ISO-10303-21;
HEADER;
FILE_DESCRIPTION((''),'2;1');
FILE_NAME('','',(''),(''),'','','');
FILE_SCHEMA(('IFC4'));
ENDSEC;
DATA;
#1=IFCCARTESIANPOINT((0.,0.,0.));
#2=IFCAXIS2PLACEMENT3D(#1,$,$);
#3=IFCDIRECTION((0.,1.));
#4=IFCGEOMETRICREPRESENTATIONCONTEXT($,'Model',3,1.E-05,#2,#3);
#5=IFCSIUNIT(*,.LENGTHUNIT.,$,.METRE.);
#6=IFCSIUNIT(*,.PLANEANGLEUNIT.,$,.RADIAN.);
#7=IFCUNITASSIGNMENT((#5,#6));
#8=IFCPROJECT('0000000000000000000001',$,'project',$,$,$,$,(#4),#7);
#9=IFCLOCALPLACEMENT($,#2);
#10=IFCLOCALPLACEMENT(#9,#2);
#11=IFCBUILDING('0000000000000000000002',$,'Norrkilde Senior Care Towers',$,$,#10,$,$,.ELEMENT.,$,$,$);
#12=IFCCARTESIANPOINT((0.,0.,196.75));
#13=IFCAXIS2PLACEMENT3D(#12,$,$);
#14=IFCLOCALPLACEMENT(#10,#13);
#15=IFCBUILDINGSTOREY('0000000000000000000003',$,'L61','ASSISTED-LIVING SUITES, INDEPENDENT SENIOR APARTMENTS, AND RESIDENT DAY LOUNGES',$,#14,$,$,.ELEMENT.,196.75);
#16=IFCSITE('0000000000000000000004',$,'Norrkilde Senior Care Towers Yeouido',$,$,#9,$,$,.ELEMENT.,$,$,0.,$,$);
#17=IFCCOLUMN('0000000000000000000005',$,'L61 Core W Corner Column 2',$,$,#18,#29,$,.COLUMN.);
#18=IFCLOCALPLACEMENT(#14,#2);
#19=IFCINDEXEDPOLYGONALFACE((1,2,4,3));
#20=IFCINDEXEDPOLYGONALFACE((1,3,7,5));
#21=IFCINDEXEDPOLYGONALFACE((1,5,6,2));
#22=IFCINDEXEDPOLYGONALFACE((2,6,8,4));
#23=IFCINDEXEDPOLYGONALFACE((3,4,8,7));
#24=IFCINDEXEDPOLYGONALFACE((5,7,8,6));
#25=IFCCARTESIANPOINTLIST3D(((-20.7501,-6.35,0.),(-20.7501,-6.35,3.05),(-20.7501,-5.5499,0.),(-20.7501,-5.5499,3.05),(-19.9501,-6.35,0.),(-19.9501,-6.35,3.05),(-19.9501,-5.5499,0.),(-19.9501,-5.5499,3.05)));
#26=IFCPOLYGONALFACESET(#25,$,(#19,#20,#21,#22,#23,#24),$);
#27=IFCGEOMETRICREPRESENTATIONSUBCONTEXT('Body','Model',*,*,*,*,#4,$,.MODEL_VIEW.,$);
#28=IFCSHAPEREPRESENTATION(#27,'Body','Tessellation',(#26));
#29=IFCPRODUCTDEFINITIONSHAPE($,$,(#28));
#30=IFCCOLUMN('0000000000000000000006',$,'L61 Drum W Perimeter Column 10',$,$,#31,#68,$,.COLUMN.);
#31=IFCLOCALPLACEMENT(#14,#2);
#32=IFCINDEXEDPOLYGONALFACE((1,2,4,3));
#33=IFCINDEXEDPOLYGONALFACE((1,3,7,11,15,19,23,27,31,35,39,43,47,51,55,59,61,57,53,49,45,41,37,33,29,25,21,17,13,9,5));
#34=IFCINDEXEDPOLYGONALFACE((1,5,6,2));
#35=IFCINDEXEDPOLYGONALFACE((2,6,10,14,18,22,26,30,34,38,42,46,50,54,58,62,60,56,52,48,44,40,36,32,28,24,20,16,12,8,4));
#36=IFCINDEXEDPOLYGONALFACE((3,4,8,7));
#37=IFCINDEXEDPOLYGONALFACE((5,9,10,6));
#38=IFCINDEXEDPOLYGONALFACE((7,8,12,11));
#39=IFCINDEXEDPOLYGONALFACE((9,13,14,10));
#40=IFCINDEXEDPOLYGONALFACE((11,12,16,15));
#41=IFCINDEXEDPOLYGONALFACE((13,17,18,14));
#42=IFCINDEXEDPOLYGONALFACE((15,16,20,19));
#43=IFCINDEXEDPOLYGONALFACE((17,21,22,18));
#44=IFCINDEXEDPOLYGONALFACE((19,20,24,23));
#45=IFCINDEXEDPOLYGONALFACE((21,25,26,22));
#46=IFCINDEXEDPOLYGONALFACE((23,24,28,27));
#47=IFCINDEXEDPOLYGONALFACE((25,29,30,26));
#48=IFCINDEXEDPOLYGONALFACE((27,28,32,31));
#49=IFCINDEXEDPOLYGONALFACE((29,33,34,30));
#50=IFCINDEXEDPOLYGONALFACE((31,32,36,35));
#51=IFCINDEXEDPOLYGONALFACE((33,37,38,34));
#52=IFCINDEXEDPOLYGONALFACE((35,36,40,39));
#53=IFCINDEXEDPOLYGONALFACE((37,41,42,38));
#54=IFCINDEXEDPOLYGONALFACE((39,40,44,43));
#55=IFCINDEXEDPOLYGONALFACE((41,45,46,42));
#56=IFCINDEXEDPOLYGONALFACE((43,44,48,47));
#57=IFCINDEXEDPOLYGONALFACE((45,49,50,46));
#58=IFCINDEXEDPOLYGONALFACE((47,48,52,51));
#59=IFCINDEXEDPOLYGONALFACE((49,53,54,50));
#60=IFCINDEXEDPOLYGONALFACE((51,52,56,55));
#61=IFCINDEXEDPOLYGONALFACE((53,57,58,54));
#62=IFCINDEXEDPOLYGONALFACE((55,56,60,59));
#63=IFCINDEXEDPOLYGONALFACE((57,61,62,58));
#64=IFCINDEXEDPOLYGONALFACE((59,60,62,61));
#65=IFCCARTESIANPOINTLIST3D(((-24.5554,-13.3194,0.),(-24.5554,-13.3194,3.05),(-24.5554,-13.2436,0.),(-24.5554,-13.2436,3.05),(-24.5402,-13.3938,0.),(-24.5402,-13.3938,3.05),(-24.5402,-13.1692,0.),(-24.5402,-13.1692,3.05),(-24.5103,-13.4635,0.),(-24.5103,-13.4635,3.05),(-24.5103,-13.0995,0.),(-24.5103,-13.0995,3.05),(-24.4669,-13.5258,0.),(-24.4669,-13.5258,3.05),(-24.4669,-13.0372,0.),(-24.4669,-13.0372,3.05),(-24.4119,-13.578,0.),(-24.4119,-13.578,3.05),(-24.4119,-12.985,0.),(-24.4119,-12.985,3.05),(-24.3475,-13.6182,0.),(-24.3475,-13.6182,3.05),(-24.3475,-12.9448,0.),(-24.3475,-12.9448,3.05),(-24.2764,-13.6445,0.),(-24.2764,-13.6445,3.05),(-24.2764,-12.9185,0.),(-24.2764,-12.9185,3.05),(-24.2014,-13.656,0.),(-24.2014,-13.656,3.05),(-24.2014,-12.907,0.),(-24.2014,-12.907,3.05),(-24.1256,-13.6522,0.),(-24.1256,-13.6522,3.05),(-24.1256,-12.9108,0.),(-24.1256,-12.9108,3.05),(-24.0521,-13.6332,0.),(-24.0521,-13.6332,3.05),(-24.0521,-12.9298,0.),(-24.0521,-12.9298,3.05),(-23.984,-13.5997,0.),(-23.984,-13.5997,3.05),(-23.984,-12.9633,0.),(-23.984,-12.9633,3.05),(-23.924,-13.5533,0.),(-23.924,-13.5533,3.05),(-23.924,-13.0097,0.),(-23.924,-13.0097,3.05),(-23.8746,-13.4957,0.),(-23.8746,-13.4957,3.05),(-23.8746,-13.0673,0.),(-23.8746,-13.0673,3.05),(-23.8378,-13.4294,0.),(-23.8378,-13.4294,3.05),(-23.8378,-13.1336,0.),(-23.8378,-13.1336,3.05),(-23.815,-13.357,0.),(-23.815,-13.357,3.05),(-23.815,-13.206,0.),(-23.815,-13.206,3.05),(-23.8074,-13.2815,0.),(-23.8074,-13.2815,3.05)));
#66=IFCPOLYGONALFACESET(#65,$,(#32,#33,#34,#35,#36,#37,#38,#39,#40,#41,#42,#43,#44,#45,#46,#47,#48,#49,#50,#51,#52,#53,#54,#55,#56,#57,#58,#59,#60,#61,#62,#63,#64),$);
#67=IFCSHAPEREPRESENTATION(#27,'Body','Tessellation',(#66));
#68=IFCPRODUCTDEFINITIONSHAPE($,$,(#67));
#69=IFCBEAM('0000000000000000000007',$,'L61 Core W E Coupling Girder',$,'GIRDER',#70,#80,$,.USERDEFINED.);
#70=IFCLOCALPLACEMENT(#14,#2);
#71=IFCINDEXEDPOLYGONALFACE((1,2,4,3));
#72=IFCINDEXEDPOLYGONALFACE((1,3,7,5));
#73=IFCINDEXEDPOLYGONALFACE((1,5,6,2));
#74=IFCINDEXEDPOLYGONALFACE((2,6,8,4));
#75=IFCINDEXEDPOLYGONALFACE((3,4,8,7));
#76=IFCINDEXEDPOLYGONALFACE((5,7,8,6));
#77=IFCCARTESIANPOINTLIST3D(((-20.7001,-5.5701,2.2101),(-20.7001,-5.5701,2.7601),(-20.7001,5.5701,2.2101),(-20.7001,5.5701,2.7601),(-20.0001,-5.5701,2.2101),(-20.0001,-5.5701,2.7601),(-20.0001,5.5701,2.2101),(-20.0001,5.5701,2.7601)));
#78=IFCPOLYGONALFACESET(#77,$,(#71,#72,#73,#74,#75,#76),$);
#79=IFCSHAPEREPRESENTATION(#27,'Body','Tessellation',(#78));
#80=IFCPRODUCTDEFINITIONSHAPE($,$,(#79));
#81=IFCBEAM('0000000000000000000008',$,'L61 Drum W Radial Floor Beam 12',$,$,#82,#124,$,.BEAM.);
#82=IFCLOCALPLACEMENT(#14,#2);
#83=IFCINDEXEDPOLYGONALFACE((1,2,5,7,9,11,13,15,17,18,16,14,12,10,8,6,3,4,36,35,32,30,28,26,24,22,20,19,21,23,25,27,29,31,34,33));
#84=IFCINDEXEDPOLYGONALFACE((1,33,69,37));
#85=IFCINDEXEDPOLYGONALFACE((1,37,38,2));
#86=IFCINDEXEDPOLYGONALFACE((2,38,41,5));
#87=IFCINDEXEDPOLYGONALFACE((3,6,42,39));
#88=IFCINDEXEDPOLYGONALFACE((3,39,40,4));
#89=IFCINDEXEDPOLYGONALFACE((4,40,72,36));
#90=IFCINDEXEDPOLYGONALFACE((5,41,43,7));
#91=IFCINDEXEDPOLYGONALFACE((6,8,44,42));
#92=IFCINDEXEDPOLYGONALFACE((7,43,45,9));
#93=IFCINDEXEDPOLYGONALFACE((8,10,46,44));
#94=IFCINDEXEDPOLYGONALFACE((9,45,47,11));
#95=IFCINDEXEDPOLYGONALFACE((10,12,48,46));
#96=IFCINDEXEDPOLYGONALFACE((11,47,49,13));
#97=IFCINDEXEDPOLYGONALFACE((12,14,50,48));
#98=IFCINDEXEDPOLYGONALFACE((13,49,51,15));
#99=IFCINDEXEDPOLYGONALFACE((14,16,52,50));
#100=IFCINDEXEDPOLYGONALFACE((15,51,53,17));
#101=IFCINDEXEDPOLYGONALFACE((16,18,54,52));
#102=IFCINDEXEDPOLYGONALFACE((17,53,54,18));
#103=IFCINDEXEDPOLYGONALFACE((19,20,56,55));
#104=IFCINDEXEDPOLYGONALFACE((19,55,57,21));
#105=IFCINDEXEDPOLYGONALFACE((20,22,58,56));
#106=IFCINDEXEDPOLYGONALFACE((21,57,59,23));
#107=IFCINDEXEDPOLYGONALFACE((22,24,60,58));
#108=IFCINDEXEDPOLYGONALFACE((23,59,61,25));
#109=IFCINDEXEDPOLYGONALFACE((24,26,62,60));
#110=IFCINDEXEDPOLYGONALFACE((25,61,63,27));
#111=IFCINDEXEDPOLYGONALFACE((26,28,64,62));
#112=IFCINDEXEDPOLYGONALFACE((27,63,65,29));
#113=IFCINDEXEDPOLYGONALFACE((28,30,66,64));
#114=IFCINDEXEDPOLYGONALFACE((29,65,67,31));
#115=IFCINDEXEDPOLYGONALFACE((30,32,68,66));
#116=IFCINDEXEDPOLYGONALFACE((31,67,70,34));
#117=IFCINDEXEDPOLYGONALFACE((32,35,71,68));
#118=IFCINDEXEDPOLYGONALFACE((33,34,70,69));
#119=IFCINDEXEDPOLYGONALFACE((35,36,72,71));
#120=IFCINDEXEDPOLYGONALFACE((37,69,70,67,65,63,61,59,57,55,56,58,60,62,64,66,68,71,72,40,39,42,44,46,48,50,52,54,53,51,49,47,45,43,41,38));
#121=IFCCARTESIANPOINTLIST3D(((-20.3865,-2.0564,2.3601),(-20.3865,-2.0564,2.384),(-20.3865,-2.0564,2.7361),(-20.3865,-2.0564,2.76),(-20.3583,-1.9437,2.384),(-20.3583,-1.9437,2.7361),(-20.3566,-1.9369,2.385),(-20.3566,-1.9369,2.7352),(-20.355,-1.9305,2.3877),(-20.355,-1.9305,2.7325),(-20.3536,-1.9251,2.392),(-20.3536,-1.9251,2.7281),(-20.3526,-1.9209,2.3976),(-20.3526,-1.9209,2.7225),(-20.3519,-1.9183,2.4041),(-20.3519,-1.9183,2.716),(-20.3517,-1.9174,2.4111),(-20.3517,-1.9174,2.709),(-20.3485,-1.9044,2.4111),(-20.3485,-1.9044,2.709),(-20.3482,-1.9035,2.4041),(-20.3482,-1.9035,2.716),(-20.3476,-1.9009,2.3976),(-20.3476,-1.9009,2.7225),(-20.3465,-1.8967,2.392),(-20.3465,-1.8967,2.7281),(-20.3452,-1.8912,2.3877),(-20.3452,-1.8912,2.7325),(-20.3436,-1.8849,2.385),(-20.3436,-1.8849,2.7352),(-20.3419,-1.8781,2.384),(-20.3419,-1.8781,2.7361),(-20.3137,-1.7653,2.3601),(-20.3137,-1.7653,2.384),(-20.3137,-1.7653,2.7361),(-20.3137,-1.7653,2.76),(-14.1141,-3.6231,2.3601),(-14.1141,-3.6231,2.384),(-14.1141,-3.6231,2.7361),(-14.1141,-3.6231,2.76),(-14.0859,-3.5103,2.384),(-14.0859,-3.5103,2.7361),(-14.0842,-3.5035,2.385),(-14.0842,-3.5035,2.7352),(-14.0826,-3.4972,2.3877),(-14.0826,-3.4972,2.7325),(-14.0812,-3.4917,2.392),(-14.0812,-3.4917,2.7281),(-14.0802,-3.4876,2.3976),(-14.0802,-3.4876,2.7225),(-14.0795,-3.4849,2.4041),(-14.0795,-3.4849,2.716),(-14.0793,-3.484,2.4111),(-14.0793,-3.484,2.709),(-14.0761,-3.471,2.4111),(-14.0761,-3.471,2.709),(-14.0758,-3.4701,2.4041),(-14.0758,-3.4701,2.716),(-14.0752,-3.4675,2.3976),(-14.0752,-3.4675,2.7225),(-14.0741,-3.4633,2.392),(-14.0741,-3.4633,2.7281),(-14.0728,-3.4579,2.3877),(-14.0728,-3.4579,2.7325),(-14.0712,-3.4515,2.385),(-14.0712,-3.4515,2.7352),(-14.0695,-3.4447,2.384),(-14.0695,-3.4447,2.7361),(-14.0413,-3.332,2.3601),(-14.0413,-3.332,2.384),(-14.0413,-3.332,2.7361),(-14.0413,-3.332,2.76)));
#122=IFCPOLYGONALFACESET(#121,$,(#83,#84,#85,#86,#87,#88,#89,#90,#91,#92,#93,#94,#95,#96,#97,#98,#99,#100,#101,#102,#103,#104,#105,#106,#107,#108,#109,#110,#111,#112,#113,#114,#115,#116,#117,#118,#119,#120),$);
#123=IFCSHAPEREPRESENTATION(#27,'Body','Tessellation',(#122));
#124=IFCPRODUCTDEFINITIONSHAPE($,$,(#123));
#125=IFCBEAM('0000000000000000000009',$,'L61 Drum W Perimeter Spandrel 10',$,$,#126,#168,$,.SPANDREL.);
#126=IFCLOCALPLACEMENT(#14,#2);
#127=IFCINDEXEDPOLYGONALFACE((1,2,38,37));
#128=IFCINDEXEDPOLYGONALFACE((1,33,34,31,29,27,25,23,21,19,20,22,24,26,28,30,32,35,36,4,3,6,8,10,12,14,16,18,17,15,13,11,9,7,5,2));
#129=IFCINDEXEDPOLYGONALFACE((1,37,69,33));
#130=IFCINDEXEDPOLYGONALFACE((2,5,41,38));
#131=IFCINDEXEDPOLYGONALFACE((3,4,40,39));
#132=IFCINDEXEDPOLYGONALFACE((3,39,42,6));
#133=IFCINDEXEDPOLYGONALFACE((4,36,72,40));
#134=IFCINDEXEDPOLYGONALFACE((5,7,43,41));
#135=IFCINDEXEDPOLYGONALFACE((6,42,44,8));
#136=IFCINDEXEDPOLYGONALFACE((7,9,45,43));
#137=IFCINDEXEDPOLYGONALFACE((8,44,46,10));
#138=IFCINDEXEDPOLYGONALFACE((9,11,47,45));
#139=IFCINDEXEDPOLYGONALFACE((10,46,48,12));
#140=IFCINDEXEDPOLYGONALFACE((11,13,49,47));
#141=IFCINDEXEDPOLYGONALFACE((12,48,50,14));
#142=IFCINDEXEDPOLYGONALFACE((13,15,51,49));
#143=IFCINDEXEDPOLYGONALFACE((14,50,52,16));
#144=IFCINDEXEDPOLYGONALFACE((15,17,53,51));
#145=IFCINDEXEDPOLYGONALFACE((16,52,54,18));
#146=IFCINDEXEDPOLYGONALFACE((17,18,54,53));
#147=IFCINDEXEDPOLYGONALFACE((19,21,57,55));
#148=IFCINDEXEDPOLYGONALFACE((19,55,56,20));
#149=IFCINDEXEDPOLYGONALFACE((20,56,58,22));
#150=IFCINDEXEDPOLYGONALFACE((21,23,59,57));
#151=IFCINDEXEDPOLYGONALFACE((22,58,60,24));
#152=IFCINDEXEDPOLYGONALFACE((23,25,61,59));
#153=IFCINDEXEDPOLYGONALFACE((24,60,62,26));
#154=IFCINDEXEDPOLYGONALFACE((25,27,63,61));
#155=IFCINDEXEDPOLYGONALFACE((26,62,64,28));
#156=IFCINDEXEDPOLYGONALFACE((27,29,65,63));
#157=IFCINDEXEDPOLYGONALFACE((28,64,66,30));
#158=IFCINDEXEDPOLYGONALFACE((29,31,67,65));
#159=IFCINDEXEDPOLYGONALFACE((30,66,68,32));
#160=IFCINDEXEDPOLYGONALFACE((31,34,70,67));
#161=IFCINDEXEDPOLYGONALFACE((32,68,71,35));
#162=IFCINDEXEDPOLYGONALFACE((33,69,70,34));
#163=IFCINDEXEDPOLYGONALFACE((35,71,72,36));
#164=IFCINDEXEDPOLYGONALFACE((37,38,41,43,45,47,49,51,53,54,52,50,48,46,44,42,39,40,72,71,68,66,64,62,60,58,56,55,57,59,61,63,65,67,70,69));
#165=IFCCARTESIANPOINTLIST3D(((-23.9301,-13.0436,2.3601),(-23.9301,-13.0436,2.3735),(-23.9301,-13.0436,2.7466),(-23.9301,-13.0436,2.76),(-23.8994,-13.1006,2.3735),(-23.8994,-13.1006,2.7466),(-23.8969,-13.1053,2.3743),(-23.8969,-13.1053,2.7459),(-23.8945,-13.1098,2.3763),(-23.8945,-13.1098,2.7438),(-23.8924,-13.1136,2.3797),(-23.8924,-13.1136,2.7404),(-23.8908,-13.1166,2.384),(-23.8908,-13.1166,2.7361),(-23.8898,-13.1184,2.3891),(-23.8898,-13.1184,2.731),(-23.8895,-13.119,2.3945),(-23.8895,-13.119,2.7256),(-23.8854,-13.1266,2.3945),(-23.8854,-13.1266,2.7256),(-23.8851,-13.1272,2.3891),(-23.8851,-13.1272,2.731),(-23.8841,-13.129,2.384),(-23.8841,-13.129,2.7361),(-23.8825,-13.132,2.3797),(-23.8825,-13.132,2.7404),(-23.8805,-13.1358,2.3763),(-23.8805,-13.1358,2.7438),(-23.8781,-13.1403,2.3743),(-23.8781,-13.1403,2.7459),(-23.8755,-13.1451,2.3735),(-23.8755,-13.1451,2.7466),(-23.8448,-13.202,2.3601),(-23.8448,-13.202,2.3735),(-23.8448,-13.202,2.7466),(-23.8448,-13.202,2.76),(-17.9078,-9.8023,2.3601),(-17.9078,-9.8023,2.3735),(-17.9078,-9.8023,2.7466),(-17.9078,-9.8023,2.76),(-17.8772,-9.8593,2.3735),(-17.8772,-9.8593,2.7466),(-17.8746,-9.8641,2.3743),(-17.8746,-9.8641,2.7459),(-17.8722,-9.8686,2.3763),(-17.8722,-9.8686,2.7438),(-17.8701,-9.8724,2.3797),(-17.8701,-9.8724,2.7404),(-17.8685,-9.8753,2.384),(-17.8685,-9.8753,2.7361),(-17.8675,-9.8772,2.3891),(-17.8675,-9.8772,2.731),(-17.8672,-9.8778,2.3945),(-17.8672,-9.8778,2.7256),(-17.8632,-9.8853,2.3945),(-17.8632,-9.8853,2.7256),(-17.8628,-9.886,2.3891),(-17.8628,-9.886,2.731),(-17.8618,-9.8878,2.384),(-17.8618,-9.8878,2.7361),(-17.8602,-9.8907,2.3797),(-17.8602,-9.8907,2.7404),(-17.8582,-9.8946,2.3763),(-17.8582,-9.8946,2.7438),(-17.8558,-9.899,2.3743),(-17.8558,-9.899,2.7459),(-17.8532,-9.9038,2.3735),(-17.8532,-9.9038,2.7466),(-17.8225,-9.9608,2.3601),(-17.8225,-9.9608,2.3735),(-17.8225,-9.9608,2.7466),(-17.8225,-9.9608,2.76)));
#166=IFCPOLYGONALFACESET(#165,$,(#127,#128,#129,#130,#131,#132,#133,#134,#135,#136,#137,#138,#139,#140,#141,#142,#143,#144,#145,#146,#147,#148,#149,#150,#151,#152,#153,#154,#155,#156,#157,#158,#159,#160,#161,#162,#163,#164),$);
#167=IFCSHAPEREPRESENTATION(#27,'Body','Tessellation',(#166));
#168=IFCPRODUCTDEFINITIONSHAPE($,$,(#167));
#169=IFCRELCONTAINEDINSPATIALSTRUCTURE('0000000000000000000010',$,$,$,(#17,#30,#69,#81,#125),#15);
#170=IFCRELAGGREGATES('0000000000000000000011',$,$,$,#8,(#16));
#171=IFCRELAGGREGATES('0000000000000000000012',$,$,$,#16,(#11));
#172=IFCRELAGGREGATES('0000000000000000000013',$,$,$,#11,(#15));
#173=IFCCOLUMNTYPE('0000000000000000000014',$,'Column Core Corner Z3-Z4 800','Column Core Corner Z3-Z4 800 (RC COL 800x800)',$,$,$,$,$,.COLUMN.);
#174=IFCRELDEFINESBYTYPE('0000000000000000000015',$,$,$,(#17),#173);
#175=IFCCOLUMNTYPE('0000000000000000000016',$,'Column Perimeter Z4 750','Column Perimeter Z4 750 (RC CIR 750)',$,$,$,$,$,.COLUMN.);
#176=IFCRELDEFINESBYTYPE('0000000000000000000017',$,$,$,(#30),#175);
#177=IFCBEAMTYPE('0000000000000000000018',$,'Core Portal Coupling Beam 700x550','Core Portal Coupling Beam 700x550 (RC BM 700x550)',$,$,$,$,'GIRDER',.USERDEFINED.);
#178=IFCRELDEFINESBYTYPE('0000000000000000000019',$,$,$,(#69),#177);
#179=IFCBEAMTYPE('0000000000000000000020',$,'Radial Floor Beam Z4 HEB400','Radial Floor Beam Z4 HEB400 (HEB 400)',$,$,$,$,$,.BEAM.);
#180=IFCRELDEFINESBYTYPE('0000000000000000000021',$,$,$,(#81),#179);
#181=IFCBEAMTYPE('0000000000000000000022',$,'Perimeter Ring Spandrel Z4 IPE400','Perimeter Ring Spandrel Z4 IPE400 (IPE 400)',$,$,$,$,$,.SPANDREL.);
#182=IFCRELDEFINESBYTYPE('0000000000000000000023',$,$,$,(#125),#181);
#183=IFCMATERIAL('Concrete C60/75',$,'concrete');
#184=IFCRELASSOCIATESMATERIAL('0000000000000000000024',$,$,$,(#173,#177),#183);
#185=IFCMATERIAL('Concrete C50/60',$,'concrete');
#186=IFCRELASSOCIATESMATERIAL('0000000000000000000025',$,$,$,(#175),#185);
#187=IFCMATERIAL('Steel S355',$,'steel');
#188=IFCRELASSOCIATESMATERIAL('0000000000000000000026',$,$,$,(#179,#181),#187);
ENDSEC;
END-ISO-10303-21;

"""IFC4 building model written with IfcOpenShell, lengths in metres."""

from ifc_helpers import new_model, si_unit, direction, frame, origin, origin_2d, place, context, subcontext, project, spatial, rectangle, circle, i_section, extrude, source, transform, mapped, material, material_profile, profile_set, type_object, type_shapes, element, save


model = new_model("IFC4")

# Units and contexts
model_context = context("Model", 3, precision=1e-05, world=origin(), true_north=direction((0.0, 1.0)))
body_context = subcontext(model_context, "Body", "Model", "MODEL_VIEW")
ifc_project = project(units=[si_unit("LENGTHUNIT", "METRE"), si_unit("PLANEANGLEUNIT", "RADIAN")], contexts=[model_context])

# Site, building, storey
site_placement = place(None, origin())
site = spatial("IfcSite", under=ifc_project, at=site_placement, Name="Norrkilde Senior Care Towers Yeouido", CompositionType="ELEMENT", RefElevation=0.0)
building_placement = place(site_placement, origin())
building = spatial("IfcBuilding", under=site, at=building_placement, Name="Norrkilde Senior Care Towers", CompositionType="ELEMENT")
storey_placement = place(building_placement, frame((0.0, 0.0, 196.75)))
storey = spatial("IfcBuildingStorey", under=building, at=storey_placement, Name="L61", Description="ASSISTED-LIVING SUITES, INDEPENDENT SENIOR APARTMENTS, AND RESIDENT DAY LOUNGES", CompositionType="ELEMENT", Elevation=196.75)

# Columns
ifc_material_1 = material(Name="Concrete C60/75", Category="concrete")
ifc_material_profile_1 = material_profile(ifc_material_1, rectangle(XDim=0.8, YDim=0.8, at=origin_2d()), Name="RC COL 800x800")
ifc_profile_set_1 = profile_set([ifc_material_profile_1], Name="Concrete C60/75")
column_type_1 = type_object("IfcColumnType", Name="Column Core Corner Z3-Z4 800", Description="Column Core Corner Z3-Z4 800 (RC COL 800x800)", PredefinedType="COLUMN", material=ifc_profile_set_1)
shared_shape_1 = source(origin(), body_context, "Body", "SweptSolid", [
    extrude(rectangle(XDim=0.8, YDim=0.8, at=origin_2d()), origin(), (0.0, 0.0, 1.0), 3.05),
])
type_shapes(column_type_1, [shared_shape_1])
column_1_placement = place(storey_placement, frame((-20.3501, -5.95, 0.0), z_axis=(0.0, 0.0, 1.0), x_axis=(1.0, 0.0, 0.0)))
element("IfcColumn", 1, at=column_1_placement, inside=storey, type_object=column_type_1, Name="L61 Core W Corner Column 2", PredefinedType="COLUMN", context=body_context, shape_type="MappedRepresentation", body=[
    mapped(shared_shape_1, transform((0.0, 0.0, 0.0), x_axis=(1.0, 0.0, 0.0), y_axis=(0.0, 1.0, 0.0), z_axis=(0.0, 0.0, 1.0), scale=1.0)),
])
ifc_material_2 = material(Name="Concrete C50/60", Category="concrete")
ifc_material_profile_2 = material_profile(ifc_material_2, circle(Radius=0.375, at=origin_2d()), Name="RC CIR 750")
ifc_profile_set_2 = profile_set([ifc_material_profile_2], Name="Concrete C50/60")
column_type_2 = type_object("IfcColumnType", Name="Column Perimeter Z4 750", Description="Column Perimeter Z4 750 (RC CIR 750)", PredefinedType="COLUMN", material=ifc_profile_set_2)
shared_shape_2 = source(origin(), body_context, "Body", "SweptSolid", [
    extrude(circle(Radius=0.375, at=origin_2d()), origin(), (0.0, 0.0, 1.0), 3.05),
])
type_shapes(column_type_2, [shared_shape_2])
column_2_placement = place(storey_placement, frame((-24.1824, -13.2815, 0.0), z_axis=(0.0, 0.0, 1.0), x_axis=(1.0, 0.0, 0.0)))
element("IfcColumn", 2, at=column_2_placement, inside=storey, type_object=column_type_2, Name="L61 Drum W Perimeter Column 10", PredefinedType="COLUMN", context=body_context, shape_type="MappedRepresentation", body=[
    mapped(shared_shape_2, transform((0.0, 0.0, 0.0), x_axis=(1.0, 0.0, 0.0), y_axis=(0.0, 1.0, 0.0), z_axis=(0.0, 0.0, 1.0), scale=1.0)),
])

# Beams
ifc_material_profile_3 = material_profile(ifc_material_1, rectangle(XDim=0.7, YDim=0.55, at=origin_2d()), Name="RC BM 700x550")
ifc_profile_set_3 = profile_set([ifc_material_profile_3], Name="Concrete C60/75")
beam_type_1 = type_object("IfcBeamType", Name="Core Portal Coupling Beam 700x550", Description="Core Portal Coupling Beam 700x550 (RC BM 700x550)", ElementType="GIRDER", PredefinedType="USERDEFINED", material=ifc_profile_set_3)
shared_shape_3 = source(origin(), body_context, "Body", "SweptSolid", [
    extrude(rectangle(XDim=0.7, YDim=0.55, at=origin_2d()), origin(), (0.0, 0.0, 1.0), 11.1401),
])
type_shapes(beam_type_1, [shared_shape_3])
beam_1_placement = place(storey_placement, frame((-20.3501, -5.5701, 2.4851), z_axis=(0.0, 1.0, 0.0), x_axis=(-1.0, 0.0, 0.0)))
element("IfcBeam", 3, at=beam_1_placement, inside=storey, type_object=beam_type_1, Name="L61 Core W E Coupling Girder", ObjectType="GIRDER", PredefinedType="USERDEFINED", context=body_context, shape_type="MappedRepresentation", body=[
    mapped(shared_shape_3, transform((0.0, 0.0, 0.0), x_axis=(1.0, 0.0, 0.0), y_axis=(0.0, 1.0, 0.0), z_axis=(0.0, 0.0, 1.0), scale=1.0)),
])
ifc_material_3 = material(Name="Steel S355", Category="steel")
ifc_material_profile_4 = material_profile(ifc_material_3, i_section(OverallWidth=0.3, OverallDepth=0.3999, WebThickness=0.0134, FlangeThickness=0.0239, FilletRadius=0.0271, at=origin_2d()), Name="HEB 400")
ifc_profile_set_4 = profile_set([ifc_material_profile_4], Name="Steel S355")
beam_type_2 = type_object("IfcBeamType", Name="Radial Floor Beam Z4 HEB400", Description="Radial Floor Beam Z4 HEB400 (HEB 400)", PredefinedType="BEAM", material=ifc_profile_set_4)
shared_shape_4 = source(origin(), body_context, "Body", "SweptSolid", [
    extrude(i_section(OverallWidth=0.3, OverallDepth=0.3999, WebThickness=0.0134, FlangeThickness=0.0239, FilletRadius=0.0271, at=origin_2d()), origin(), (0.0, 0.0, 1.0), 6.4651),
])
beam_2_placement = place(storey_placement, frame((-20.3501, -1.9109, 2.5601), z_axis=(0.970196, -0.242322, 0.0), x_axis=(0.242322, 0.970196, 0.0)))
element("IfcBeam", 4, at=beam_2_placement, inside=storey, type_object=beam_type_2, Name="L61 Drum W Radial Floor Beam 12", PredefinedType="BEAM", context=body_context, shape_type="MappedRepresentation", body=[
    mapped(shared_shape_4, transform((0.0, 0.0, 0.0), x_axis=(1.0, 0.0, 0.0), y_axis=(0.0, 1.0, 0.0), z_axis=(0.0, 0.0, 1.0), scale=1.0)),
])
ifc_material_profile_5 = material_profile(ifc_material_3, i_section(OverallWidth=0.1799, OverallDepth=0.3999, WebThickness=0.0085, FlangeThickness=0.0134, FilletRadius=0.021, at=origin_2d()), Name="IPE 400")
ifc_profile_set_5 = profile_set([ifc_material_profile_5], Name="Steel S355")
beam_type_3 = type_object("IfcBeamType", Name="Perimeter Ring Spandrel Z4 IPE400", Description="Perimeter Ring Spandrel Z4 IPE400 (IPE 400)", PredefinedType="SPANDREL", material=ifc_profile_set_5)
shared_shape_5 = source(origin(), body_context, "Body", "SweptSolid", [
    extrude(i_section(OverallWidth=0.1799, OverallDepth=0.3999, WebThickness=0.0085, FlangeThickness=0.0134, FilletRadius=0.021, at=origin_2d()), origin(), (0.0, 0.0, 1.0), 6.8391),
])
type_shapes(beam_type_3, [shared_shape_5])
beam_3_placement = place(storey_placement, frame((-23.8875, -13.1228, 2.5601), z_axis=(0.880564, 0.473927, 0.0), x_axis=(-0.473927, 0.880564, 0.0)))
element("IfcBeam", 5, at=beam_3_placement, inside=storey, type_object=beam_type_3, Name="L61 Drum W Perimeter Spandrel 10", PredefinedType="SPANDREL", context=body_context, shape_type="MappedRepresentation", body=[
    mapped(shared_shape_5, transform((0.0, 0.0, 0.0), x_axis=(1.0, 0.0, 0.0), y_axis=(0.0, 1.0, 0.0), z_axis=(0.0, 0.0, 1.0), scale=1.0)),
])

save(model, "model.ifc")
